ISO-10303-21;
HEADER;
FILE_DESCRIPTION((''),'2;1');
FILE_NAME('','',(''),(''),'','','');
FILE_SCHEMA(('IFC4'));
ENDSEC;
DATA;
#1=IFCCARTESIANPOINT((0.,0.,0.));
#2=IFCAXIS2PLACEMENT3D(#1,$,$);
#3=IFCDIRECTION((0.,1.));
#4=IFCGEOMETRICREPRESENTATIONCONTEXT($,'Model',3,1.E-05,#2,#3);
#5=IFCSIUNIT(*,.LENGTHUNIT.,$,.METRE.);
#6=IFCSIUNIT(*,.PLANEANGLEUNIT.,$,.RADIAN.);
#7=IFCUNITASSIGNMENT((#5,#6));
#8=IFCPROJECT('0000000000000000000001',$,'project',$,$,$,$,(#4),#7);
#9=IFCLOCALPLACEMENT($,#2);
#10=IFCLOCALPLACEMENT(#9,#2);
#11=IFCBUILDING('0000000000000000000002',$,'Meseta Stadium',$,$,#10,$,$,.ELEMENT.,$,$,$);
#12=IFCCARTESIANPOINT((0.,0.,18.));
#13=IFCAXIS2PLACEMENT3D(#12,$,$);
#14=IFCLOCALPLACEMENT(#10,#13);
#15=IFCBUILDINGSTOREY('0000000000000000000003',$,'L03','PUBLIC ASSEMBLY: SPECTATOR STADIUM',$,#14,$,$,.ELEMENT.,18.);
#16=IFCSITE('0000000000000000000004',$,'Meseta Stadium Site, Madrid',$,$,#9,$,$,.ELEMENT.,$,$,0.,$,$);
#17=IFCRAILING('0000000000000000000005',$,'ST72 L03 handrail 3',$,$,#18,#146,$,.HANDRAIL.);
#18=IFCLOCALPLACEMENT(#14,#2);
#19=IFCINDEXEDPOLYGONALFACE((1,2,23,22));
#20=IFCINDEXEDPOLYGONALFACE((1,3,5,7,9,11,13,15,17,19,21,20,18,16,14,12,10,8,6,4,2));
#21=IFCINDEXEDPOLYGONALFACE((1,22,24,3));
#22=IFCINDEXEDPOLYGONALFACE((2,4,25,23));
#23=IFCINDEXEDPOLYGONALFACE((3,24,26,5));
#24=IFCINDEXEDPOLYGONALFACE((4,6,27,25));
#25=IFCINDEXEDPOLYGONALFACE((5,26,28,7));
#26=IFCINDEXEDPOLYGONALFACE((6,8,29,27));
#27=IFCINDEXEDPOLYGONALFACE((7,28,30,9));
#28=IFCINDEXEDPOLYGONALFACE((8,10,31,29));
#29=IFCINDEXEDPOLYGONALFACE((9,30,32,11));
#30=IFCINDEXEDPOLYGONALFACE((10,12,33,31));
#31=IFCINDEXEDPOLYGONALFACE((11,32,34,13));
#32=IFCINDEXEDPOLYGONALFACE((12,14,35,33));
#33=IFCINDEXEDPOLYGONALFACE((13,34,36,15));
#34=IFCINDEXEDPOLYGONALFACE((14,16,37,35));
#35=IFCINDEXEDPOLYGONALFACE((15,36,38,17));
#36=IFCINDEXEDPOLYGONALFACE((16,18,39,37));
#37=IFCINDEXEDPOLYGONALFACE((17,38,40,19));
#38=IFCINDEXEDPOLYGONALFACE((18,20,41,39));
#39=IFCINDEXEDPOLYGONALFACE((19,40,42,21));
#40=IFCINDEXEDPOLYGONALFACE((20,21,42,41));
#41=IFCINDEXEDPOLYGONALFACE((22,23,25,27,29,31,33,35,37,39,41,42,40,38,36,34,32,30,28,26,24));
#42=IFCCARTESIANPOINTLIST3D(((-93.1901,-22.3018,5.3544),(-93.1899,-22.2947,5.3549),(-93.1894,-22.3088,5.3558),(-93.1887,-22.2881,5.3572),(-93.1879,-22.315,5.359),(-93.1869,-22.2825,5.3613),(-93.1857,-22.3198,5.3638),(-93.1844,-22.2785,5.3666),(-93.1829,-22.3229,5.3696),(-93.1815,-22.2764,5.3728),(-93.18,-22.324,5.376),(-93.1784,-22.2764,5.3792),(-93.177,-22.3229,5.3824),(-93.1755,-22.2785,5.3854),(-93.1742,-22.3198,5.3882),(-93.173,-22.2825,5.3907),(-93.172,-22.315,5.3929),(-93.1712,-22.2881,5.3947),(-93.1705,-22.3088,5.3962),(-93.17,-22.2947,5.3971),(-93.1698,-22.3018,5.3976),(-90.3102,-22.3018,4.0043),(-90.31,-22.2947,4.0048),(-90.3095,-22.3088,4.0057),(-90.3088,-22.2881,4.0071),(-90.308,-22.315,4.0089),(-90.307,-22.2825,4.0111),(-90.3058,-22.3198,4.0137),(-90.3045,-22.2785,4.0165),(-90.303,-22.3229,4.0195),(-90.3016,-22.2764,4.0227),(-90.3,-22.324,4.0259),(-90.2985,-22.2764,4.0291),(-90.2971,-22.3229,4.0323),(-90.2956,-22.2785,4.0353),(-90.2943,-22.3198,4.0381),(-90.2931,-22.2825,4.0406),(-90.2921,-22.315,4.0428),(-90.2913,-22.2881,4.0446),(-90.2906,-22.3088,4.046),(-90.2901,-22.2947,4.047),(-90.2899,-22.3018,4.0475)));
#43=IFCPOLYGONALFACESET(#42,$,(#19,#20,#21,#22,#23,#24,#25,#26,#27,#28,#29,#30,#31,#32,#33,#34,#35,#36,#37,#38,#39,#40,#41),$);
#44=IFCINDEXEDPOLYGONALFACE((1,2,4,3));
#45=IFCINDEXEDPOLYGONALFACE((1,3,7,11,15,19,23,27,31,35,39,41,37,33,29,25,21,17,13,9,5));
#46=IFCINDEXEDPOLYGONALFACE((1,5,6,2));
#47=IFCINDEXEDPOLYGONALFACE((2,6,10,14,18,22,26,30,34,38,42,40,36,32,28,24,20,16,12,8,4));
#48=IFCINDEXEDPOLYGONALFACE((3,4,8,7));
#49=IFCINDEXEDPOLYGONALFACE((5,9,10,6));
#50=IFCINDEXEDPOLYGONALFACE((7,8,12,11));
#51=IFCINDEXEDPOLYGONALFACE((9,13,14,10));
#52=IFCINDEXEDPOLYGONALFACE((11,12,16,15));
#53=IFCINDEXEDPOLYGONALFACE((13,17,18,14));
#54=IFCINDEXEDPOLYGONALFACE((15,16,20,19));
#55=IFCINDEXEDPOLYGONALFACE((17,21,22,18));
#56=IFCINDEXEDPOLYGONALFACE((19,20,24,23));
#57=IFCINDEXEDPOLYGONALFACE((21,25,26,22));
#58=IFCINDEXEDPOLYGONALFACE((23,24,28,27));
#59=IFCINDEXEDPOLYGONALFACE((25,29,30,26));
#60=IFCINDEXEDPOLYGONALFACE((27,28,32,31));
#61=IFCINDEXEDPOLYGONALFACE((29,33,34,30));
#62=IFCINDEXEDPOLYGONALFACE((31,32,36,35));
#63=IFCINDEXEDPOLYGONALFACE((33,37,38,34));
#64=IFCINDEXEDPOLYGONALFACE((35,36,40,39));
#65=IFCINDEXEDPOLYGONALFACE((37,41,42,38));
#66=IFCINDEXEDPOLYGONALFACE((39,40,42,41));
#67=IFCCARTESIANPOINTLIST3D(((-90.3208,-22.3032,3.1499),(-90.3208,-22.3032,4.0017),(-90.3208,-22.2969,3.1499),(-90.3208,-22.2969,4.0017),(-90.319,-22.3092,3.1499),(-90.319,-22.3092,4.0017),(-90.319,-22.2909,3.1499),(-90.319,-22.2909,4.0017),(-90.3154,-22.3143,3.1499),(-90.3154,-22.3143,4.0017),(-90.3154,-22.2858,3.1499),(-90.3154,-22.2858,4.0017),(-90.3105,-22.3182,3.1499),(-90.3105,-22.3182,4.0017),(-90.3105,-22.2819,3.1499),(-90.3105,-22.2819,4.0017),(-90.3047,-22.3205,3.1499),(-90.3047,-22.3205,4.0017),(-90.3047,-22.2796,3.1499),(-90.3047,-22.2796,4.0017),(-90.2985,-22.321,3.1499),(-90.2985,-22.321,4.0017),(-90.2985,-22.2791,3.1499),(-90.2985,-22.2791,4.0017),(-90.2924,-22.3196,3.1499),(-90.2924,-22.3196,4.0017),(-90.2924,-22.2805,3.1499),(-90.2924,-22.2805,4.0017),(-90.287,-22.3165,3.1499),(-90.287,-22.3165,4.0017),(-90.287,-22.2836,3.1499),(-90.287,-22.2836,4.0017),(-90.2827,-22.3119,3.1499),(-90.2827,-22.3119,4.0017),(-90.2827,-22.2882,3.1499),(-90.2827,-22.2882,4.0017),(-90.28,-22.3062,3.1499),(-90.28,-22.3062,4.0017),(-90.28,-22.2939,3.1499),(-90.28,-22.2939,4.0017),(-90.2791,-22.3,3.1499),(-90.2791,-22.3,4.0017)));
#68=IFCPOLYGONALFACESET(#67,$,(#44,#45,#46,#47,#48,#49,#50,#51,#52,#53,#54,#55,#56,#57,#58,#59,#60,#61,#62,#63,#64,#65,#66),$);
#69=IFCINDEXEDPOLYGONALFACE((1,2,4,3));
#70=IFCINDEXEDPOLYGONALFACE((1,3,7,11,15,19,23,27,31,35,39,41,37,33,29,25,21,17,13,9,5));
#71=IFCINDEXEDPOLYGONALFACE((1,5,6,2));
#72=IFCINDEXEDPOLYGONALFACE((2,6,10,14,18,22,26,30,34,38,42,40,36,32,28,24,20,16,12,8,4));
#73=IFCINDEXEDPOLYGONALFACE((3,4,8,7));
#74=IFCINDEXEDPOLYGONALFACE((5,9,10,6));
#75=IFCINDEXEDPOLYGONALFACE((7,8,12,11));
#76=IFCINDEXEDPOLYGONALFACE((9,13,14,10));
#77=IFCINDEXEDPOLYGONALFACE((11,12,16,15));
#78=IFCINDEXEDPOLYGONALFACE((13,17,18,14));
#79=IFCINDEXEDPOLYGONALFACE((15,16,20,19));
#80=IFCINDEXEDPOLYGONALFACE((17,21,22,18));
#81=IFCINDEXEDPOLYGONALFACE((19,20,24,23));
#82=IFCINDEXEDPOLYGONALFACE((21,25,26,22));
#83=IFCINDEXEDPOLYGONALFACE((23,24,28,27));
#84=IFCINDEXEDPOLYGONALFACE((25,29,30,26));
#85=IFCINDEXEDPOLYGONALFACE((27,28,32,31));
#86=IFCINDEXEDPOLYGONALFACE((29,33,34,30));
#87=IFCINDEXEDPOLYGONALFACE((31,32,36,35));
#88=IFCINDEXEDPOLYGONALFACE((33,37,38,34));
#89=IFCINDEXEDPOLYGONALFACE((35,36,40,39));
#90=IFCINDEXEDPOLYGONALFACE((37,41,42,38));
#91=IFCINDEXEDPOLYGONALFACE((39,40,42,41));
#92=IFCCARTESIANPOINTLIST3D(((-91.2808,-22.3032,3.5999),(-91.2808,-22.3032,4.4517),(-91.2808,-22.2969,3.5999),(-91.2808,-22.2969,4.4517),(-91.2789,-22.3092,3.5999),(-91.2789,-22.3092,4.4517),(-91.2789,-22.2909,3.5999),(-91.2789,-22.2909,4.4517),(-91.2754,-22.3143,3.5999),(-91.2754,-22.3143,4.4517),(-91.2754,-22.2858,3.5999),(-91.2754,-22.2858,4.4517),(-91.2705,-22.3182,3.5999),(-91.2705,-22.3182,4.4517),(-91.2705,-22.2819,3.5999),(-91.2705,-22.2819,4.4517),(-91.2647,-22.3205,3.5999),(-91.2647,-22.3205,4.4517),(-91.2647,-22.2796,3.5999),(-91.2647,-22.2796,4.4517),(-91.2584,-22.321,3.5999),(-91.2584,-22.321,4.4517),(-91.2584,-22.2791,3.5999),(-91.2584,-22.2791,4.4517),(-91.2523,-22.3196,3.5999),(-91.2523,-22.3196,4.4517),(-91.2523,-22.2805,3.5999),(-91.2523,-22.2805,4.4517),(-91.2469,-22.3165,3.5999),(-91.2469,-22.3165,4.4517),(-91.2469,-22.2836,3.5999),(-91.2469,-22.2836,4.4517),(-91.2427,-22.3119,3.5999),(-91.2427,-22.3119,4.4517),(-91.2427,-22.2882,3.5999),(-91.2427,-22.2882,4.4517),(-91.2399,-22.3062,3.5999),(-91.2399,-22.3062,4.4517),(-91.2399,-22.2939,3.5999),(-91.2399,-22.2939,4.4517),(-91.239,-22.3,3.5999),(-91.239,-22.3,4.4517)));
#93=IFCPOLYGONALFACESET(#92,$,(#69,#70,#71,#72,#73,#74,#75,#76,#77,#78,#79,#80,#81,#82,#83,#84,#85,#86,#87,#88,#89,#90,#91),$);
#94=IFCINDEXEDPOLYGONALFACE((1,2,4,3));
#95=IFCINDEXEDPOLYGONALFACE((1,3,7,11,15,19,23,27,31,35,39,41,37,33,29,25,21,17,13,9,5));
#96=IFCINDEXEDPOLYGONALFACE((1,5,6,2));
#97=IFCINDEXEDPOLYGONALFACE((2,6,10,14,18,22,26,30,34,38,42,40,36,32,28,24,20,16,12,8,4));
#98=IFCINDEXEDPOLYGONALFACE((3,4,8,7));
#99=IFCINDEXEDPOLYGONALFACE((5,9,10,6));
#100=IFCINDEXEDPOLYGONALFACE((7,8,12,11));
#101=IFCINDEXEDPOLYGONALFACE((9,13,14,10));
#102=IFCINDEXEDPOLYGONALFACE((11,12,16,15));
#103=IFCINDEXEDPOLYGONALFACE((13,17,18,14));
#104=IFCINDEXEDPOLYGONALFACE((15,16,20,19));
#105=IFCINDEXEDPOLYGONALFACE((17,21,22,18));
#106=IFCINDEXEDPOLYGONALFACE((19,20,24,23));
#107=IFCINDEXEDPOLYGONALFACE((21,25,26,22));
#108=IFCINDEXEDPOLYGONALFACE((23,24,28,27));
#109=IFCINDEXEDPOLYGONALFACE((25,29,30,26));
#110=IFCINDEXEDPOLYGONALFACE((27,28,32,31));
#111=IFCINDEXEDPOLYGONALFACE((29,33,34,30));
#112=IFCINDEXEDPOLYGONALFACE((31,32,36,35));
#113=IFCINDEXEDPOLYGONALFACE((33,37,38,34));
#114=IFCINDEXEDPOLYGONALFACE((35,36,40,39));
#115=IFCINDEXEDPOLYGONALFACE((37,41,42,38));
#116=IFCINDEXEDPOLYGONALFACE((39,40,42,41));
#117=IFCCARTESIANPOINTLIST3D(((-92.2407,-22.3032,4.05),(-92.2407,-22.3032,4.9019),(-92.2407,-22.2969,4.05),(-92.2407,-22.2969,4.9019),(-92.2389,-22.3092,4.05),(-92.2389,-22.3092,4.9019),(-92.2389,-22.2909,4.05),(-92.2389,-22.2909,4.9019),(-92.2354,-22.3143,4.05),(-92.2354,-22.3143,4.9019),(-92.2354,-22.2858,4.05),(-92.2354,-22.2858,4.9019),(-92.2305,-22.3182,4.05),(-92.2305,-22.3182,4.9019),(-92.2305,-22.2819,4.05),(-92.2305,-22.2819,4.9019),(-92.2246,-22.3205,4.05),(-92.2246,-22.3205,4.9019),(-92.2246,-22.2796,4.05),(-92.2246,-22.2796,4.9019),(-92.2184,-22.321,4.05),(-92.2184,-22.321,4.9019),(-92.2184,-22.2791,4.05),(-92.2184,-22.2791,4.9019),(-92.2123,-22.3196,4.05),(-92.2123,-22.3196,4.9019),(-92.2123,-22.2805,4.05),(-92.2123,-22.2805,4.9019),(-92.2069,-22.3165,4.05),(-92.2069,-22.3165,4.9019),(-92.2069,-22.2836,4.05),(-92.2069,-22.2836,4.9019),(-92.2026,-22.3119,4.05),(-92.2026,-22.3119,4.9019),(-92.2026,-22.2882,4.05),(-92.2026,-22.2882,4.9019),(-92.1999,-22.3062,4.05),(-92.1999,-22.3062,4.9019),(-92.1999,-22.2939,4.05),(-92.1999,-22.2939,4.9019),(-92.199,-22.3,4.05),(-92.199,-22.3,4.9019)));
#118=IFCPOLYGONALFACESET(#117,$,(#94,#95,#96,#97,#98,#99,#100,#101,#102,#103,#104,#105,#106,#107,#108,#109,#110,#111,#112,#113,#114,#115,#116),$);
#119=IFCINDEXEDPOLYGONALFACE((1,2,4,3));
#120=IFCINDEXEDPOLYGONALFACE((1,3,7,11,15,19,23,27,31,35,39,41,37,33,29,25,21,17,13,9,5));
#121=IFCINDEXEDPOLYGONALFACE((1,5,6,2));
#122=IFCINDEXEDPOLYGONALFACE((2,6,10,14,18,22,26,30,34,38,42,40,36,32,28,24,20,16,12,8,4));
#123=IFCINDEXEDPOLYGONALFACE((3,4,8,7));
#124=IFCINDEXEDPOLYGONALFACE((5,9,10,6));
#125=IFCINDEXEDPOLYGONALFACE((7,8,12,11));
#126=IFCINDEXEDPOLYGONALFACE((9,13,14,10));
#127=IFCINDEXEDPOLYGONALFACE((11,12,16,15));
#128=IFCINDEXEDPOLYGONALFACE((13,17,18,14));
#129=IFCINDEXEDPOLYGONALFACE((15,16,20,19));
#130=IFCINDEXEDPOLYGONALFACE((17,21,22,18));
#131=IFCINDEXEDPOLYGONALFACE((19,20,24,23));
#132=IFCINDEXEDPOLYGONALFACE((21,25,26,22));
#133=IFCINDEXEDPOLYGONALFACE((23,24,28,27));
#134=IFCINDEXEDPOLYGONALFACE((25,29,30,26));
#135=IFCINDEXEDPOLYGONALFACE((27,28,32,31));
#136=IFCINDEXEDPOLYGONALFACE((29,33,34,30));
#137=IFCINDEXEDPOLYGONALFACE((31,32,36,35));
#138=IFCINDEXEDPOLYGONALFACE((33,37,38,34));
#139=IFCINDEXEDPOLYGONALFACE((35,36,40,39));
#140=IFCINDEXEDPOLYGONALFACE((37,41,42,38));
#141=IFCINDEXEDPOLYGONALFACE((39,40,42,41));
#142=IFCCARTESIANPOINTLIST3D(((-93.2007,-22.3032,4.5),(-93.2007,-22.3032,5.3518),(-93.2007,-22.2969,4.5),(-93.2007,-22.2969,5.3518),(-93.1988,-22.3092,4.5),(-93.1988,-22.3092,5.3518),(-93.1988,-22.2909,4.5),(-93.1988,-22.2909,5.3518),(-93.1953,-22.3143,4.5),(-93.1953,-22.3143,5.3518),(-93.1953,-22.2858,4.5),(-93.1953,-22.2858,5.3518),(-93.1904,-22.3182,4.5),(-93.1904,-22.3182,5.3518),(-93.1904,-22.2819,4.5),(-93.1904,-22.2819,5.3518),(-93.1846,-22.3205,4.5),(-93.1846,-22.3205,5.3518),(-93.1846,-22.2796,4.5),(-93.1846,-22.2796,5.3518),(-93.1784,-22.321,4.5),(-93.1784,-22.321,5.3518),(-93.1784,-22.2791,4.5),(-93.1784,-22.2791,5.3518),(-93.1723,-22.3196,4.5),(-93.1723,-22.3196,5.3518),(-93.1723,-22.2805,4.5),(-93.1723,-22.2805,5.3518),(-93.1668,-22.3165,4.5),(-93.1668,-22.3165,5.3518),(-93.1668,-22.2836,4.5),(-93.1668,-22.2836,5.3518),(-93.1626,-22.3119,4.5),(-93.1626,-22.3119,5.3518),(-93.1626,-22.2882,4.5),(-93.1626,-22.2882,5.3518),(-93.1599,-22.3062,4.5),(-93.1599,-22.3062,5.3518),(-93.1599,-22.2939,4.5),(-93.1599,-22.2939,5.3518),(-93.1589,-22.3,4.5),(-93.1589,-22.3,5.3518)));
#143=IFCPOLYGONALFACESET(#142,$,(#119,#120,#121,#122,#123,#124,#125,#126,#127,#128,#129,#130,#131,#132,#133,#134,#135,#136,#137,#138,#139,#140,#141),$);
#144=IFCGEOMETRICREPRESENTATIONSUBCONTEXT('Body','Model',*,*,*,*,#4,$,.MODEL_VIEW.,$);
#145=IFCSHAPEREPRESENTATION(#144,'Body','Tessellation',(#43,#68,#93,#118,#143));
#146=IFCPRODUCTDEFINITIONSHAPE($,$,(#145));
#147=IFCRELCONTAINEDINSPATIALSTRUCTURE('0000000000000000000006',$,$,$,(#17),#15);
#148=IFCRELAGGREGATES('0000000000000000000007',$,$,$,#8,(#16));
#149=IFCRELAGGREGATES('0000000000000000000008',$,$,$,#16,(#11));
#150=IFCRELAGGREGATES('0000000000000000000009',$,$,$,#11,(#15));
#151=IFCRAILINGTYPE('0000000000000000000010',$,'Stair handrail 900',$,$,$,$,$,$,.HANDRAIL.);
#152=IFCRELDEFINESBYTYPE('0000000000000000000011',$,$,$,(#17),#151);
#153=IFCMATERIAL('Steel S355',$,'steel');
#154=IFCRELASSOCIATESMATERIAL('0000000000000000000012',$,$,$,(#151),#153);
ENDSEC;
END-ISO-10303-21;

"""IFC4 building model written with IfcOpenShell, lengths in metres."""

from ifc_helpers import new_model, si_unit, direction, frame, origin, origin_2d, place, context, subcontext, project, spatial, circle, extrude, material, type_object, element, save


model = new_model("IFC4")

# Units and contexts
model_context = context("Model", 3, precision=1e-05, world=origin(), true_north=direction((0.0, 1.0)))
body_context = subcontext(model_context, "Body", "Model", "MODEL_VIEW")
ifc_project = project(units=[si_unit("LENGTHUNIT", "METRE"), si_unit("PLANEANGLEUNIT", "RADIAN")], contexts=[model_context])

# Site, building, storey
site_placement = place(None, origin())
site = spatial("IfcSite", under=ifc_project, at=site_placement, Name="Meseta Stadium Site, Madrid", CompositionType="ELEMENT", RefElevation=0.0)
building_placement = place(site_placement, origin())
building = spatial("IfcBuilding", under=site, at=building_placement, Name="Meseta Stadium", CompositionType="ELEMENT")
storey_placement = place(building_placement, frame((0.0, 0.0, 18.0)))
storey = spatial("IfcBuildingStorey", under=building, at=storey_placement, Name="L03", Description="PUBLIC ASSEMBLY: SPECTATOR STADIUM", CompositionType="ELEMENT", Elevation=18.0)

# Railing
ifc_material_1 = material(Name="Steel S355", Category="steel")
railing_type_1 = type_object("IfcRailingType", Name="Stair handrail 900", PredefinedType="HANDRAIL", material=ifc_material_1)
for number, where, name in (
    (1, (-90.3, -22.3, 3.1499), "ST72 L03 handrail 3"),
):
    element("IfcRailing", number, at=place(storey_placement, frame(where)), inside=storey, type_object=railing_type_1, Name=name, PredefinedType="HANDRAIL", context=body_context, shape_type="SweptSolid", body=[
        extrude(circle(Radius=0.0239, at=origin_2d()), frame((0.0, 0.0, 0.876), z_axis=(-0.90544, 0.0, 0.424473), x_axis=(0.0, -1.0, 0.0)), (0.0, 0.0, 1.0), 3.1807),
        extrude(circle(Radius=0.021, at=origin_2d()), origin(), (0.0, 0.0, 1.0), 0.8518),
        extrude(circle(Radius=0.021, at=origin_2d()), frame((-0.96, 0.0, 0.45)), (0.0, 0.0, 1.0), 0.8518),
        extrude(circle(Radius=0.021, at=origin_2d()), frame((-1.9199, 0.0, 0.9001)), (0.0, 0.0, 1.0), 0.8518),
        extrude(circle(Radius=0.021, at=origin_2d()), frame((-2.8799, 0.0, 1.3501)), (0.0, 0.0, 1.0), 0.8518),
    ])

save(model, "model.ifc")
